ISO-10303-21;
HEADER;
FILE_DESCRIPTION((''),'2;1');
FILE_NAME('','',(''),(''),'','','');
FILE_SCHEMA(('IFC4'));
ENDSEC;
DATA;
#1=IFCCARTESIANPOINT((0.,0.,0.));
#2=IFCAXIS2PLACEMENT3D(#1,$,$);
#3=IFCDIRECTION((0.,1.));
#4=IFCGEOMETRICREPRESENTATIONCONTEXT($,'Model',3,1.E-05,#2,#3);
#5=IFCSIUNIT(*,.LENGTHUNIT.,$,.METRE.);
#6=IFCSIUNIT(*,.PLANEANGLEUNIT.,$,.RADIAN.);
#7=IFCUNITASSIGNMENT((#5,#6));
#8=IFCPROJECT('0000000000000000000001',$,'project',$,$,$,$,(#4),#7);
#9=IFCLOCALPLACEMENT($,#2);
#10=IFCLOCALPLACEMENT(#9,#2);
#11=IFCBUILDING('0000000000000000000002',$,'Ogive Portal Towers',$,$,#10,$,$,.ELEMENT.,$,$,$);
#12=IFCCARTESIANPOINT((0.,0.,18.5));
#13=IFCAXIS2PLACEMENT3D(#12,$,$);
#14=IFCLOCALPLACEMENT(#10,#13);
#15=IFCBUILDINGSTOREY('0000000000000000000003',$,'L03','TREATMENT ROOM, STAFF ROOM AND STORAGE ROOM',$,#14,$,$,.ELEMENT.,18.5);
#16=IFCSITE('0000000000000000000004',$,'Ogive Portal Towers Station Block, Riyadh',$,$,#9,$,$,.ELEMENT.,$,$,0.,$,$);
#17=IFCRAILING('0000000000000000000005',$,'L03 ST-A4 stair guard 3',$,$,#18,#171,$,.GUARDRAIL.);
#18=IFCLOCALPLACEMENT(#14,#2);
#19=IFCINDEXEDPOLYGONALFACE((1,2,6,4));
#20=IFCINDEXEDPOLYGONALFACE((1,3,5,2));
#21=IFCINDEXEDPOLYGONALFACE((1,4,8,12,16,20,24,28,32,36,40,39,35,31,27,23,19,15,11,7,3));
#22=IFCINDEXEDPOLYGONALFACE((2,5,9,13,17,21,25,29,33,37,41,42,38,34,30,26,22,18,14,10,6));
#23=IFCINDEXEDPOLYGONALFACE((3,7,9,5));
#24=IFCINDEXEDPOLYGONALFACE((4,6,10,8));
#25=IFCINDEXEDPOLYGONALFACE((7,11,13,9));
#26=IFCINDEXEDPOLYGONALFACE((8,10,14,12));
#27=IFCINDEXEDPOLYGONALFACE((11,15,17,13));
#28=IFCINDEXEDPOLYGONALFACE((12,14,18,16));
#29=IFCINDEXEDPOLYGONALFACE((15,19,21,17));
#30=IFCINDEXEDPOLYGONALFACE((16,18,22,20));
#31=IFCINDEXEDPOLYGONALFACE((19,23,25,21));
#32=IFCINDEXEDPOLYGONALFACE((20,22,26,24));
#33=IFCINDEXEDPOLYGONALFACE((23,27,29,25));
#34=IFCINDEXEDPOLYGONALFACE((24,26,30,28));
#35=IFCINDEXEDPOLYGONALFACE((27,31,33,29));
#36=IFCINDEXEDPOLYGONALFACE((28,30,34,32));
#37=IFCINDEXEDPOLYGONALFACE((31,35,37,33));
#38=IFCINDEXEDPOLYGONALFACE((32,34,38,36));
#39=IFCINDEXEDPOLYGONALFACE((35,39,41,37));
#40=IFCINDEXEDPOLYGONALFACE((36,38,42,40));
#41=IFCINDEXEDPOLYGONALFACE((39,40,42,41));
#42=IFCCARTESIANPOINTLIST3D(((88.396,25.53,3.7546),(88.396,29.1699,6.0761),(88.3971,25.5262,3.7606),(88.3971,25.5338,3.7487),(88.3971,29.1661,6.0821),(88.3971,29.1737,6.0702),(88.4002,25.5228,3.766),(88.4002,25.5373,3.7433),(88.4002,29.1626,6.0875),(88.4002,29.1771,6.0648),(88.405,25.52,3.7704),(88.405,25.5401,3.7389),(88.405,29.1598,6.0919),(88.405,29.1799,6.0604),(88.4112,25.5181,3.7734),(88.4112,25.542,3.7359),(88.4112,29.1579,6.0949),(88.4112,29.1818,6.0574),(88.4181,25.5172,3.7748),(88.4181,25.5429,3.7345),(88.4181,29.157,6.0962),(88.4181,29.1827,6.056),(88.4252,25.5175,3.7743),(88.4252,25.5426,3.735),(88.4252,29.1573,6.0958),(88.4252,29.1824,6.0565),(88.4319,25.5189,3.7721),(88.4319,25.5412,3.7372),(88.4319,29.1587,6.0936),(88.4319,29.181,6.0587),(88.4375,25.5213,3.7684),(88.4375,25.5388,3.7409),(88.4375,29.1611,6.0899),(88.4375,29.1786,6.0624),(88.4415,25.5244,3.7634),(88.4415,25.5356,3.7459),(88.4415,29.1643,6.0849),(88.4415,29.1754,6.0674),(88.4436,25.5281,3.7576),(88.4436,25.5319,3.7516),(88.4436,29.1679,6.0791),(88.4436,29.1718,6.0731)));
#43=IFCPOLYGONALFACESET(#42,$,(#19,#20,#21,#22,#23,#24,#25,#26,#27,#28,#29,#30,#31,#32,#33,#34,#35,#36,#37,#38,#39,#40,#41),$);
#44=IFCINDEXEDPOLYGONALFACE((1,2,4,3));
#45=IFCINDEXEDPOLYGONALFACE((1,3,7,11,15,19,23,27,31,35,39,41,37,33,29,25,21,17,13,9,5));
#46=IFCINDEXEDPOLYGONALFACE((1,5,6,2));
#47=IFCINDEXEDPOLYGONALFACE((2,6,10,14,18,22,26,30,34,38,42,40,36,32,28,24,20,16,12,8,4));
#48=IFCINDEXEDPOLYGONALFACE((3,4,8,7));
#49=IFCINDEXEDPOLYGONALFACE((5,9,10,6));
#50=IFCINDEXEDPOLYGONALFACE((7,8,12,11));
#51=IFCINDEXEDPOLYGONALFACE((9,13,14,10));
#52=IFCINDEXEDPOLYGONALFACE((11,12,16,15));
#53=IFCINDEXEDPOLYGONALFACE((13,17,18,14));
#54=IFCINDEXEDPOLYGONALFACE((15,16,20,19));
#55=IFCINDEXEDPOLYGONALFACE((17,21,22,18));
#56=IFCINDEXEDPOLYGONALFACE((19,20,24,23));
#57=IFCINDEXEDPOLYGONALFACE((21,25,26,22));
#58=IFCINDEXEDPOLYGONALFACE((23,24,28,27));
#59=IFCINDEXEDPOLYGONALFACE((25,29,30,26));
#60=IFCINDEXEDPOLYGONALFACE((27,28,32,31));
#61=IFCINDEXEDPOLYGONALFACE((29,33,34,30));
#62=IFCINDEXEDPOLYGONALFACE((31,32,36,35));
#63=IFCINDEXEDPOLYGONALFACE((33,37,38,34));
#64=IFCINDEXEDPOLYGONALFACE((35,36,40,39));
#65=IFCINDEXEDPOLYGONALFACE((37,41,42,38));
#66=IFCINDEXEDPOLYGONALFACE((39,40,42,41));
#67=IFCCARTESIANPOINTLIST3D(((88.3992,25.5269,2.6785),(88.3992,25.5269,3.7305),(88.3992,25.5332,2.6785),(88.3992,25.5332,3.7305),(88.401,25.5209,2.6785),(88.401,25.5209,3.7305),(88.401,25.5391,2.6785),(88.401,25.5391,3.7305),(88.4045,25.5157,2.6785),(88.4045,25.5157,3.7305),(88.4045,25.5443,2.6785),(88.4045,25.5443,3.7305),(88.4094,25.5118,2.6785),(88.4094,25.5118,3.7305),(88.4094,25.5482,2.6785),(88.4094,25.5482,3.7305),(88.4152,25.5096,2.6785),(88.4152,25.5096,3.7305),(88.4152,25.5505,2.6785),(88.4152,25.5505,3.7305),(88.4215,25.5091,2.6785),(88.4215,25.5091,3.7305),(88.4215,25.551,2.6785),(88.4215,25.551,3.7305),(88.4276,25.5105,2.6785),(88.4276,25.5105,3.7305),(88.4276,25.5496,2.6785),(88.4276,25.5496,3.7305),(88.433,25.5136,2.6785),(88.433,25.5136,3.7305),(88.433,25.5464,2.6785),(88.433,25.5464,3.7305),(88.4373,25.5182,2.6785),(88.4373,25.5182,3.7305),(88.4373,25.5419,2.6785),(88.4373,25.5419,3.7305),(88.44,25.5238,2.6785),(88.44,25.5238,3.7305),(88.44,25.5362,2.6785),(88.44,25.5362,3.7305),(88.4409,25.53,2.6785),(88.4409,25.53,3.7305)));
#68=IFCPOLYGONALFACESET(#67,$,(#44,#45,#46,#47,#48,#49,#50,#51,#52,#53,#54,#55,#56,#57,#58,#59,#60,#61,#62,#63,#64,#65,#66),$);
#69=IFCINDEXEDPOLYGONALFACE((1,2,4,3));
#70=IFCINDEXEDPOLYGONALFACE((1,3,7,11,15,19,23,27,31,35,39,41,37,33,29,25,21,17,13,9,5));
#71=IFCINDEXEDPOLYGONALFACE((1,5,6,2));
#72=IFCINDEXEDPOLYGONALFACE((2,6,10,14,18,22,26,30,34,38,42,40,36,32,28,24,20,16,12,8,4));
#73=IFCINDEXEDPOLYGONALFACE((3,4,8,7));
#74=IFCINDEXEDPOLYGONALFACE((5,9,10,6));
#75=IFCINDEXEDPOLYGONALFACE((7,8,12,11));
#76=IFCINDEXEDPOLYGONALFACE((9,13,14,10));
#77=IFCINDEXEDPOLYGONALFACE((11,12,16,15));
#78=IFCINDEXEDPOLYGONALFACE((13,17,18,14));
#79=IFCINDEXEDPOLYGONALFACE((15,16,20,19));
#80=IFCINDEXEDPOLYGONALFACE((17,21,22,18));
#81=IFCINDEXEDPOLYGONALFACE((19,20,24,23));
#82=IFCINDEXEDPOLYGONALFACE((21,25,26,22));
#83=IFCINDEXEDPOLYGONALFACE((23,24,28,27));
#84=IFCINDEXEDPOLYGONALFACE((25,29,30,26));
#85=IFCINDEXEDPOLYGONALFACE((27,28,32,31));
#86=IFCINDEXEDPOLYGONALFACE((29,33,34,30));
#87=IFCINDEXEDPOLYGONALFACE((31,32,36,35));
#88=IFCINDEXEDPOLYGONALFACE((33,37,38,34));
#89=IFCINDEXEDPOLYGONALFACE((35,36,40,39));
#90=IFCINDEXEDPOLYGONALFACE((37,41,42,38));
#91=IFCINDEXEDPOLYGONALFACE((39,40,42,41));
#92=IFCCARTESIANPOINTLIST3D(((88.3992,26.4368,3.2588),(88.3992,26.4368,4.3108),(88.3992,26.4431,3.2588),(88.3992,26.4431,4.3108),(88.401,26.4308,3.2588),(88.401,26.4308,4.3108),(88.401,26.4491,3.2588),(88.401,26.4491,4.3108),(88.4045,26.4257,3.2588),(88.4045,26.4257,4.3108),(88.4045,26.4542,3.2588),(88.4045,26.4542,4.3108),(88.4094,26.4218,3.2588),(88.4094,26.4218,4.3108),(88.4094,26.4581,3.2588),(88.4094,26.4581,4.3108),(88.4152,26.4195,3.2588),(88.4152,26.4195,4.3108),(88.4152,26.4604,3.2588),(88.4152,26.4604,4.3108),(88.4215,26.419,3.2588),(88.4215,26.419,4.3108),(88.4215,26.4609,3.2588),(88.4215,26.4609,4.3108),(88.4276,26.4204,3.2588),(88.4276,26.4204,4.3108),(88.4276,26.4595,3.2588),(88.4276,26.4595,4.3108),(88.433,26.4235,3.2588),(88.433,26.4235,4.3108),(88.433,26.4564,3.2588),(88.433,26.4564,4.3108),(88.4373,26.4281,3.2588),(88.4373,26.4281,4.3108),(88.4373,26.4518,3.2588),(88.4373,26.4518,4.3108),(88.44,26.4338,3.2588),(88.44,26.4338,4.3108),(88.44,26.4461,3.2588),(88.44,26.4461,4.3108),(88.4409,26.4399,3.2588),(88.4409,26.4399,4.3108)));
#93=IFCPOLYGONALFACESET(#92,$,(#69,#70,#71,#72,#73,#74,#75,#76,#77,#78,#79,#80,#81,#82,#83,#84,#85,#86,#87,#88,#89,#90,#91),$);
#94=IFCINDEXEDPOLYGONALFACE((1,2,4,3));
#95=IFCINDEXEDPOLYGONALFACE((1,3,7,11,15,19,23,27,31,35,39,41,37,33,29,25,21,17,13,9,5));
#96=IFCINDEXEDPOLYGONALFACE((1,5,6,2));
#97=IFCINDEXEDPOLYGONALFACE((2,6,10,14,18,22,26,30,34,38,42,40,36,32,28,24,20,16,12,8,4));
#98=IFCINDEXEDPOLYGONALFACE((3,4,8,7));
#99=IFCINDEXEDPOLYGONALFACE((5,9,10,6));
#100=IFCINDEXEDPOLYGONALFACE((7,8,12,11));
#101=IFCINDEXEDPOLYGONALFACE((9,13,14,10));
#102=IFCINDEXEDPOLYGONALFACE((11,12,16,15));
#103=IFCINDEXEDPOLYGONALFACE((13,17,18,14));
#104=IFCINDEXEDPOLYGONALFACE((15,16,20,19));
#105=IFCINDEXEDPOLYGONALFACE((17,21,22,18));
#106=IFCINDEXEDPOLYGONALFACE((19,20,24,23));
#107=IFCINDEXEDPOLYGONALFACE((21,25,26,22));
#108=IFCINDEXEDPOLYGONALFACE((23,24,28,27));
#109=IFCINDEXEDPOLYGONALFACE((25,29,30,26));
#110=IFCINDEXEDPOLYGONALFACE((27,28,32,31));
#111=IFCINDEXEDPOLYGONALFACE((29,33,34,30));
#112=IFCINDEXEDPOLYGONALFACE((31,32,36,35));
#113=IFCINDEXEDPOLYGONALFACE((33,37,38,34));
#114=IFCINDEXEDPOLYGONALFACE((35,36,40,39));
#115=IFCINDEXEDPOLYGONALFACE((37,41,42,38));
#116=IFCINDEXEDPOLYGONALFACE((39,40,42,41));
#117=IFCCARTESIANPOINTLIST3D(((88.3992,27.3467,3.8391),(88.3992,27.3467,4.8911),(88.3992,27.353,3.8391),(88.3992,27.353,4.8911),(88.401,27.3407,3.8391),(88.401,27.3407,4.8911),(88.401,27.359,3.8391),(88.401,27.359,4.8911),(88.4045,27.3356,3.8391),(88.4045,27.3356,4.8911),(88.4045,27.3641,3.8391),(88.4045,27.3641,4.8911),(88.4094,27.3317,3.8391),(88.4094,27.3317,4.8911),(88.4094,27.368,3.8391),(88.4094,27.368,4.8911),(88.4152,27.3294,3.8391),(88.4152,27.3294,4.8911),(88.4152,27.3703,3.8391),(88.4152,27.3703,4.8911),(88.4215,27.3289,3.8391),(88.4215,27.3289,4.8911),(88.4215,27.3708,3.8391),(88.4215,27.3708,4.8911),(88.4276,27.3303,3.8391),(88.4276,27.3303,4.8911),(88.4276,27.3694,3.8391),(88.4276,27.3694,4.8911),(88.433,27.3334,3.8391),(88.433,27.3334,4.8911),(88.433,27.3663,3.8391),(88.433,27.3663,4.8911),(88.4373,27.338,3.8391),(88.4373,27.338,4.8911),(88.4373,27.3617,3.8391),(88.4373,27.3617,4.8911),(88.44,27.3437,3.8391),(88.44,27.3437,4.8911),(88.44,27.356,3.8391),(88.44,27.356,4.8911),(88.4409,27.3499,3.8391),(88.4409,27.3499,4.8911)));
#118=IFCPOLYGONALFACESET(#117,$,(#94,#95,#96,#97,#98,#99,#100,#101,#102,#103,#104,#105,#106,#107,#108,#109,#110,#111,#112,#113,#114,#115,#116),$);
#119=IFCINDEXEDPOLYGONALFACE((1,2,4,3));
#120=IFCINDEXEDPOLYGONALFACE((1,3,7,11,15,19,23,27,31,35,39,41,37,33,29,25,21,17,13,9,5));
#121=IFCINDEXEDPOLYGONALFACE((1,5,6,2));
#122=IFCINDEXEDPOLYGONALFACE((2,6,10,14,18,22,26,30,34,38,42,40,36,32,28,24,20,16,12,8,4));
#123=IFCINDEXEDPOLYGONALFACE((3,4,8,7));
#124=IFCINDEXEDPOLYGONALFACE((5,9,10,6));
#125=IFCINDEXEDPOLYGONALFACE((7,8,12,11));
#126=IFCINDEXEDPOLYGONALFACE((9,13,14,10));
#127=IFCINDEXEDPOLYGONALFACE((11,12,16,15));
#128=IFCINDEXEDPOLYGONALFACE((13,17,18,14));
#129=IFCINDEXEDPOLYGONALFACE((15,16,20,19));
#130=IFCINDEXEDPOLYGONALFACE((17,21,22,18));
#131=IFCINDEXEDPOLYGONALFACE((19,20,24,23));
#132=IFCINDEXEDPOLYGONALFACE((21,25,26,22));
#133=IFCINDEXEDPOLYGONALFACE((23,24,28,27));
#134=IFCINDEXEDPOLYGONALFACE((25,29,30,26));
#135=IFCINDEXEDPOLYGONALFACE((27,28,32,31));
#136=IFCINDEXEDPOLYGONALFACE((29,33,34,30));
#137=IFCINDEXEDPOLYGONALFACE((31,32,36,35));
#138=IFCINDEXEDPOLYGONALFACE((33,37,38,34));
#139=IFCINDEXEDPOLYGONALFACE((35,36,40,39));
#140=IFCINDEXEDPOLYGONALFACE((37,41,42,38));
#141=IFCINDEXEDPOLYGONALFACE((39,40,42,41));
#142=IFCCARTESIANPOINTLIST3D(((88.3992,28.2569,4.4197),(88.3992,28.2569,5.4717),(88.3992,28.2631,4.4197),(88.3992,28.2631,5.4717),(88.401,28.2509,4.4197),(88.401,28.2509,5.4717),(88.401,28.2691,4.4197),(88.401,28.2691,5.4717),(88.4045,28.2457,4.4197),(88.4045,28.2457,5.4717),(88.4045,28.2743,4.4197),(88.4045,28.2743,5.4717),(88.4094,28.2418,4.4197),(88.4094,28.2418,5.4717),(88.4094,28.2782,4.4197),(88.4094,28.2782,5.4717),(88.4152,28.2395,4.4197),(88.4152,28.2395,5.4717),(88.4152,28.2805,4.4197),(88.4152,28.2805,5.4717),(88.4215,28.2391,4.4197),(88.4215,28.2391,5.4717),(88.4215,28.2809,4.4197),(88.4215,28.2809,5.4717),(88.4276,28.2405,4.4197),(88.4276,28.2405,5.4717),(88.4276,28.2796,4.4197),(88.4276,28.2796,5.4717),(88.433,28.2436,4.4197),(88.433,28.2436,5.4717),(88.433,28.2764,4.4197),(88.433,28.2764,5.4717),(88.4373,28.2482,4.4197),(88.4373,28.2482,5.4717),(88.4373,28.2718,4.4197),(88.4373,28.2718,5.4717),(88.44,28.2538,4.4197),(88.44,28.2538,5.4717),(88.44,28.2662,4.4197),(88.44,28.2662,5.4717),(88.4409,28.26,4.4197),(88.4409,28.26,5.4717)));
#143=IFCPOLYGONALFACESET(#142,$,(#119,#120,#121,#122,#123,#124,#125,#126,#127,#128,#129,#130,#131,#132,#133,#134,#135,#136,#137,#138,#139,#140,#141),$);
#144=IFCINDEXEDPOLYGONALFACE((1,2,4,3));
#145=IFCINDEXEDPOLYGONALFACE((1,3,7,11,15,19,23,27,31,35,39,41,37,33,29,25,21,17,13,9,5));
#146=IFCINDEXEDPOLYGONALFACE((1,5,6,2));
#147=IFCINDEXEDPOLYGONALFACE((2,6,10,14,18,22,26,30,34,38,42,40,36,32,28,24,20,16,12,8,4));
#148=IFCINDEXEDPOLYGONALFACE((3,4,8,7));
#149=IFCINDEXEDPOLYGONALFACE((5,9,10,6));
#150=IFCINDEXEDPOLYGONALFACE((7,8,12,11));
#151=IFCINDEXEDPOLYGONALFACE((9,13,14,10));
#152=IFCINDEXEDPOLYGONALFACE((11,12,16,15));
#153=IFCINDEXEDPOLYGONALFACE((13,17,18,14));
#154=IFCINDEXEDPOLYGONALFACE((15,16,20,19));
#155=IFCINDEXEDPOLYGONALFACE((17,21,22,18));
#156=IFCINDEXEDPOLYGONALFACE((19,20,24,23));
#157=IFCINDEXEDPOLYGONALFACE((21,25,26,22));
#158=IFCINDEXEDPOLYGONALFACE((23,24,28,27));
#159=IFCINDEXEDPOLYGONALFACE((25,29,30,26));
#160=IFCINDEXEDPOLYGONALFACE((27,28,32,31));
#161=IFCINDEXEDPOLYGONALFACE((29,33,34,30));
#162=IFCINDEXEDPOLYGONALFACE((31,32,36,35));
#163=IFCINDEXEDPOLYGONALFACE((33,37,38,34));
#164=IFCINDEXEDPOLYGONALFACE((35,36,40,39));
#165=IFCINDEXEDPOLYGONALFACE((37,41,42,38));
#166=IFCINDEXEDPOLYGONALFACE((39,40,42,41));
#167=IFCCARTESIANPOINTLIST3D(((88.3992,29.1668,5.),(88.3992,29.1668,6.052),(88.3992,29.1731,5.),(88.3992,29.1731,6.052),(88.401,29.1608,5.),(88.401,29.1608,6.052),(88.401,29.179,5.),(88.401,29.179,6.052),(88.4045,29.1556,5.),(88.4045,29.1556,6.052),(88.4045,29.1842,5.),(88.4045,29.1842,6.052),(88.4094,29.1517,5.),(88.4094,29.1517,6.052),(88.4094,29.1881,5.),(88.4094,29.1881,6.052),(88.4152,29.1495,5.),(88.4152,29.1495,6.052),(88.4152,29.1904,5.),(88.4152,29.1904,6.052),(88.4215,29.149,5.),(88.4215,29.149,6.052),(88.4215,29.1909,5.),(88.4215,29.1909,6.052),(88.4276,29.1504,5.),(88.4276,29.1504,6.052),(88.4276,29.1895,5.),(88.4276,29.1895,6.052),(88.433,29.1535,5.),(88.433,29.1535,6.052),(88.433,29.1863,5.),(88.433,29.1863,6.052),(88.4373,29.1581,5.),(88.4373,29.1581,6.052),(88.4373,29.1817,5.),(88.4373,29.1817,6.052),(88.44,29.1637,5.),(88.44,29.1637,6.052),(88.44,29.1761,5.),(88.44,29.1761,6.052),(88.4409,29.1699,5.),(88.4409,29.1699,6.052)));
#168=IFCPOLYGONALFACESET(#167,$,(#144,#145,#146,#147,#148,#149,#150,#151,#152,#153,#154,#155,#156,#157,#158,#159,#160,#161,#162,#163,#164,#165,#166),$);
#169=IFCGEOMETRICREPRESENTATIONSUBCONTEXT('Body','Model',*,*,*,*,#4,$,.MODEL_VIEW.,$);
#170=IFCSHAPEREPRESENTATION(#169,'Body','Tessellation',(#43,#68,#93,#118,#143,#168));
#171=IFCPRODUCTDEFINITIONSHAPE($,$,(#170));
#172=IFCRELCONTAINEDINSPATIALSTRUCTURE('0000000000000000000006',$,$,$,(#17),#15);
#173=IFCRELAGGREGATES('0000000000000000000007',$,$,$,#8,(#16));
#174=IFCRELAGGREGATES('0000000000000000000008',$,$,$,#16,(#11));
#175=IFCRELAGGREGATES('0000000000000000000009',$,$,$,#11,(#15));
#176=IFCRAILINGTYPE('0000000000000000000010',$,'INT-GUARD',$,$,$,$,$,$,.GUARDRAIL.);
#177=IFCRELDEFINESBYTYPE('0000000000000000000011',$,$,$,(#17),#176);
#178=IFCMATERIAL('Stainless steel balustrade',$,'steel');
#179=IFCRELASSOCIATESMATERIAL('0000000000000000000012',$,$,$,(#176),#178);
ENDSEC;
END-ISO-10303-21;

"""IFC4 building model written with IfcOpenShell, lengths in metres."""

from ifc_helpers import new_model, si_unit, direction, frame, origin, origin_2d, place, context, subcontext, project, spatial, circle, extrude, material, type_object, element, save


model = new_model("IFC4")

# Units and contexts
model_context = context("Model", 3, precision=1e-05, world=origin(), true_north=direction((0.0, 1.0)))
body_context = subcontext(model_context, "Body", "Model", "MODEL_VIEW")
ifc_project = project(units=[si_unit("LENGTHUNIT", "METRE"), si_unit("PLANEANGLEUNIT", "RADIAN")], contexts=[model_context])

# Site, building, storey
site_placement = place(None, origin())
site = spatial("IfcSite", under=ifc_project, at=site_placement, Name="Ogive Portal Towers Station Block, Riyadh", CompositionType="ELEMENT", RefElevation=0.0)
building_placement = place(site_placement, origin())
building = spatial("IfcBuilding", under=site, at=building_placement, Name="Ogive Portal Towers", CompositionType="ELEMENT")
storey_placement = place(building_placement, frame((0.0, 0.0, 18.5)))
storey = spatial("IfcBuildingStorey", under=building, at=storey_placement, Name="L03", Description="TREATMENT ROOM, STAFF ROOM AND STORAGE ROOM", CompositionType="ELEMENT", Elevation=18.5)

# Railing
ifc_material_1 = material(Name="Stainless steel balustrade", Category="steel")
railing_type_1 = type_object("IfcRailingType", Name="INT-GUARD", PredefinedType="GUARDRAIL", material=ifc_material_1)
railing_1_placement = place(storey_placement, frame((88.4199, 25.53, 2.6785)))
element("IfcRailing", 1, at=railing_1_placement, inside=storey, type_object=railing_type_1, Name="L03 ST-A4 stair guard 3", PredefinedType="GUARDRAIL", context=body_context, shape_type="SweptSolid", body=[
    extrude(circle(Radius=0.0239, at=origin_2d()), frame((0.0, 0.0, 1.0762), z_axis=(0.0, 0.843112, 0.537739), x_axis=(-1.0, 0.0, 0.0)), (0.0, 0.0, 1.0), 4.3171),
    extrude(circle(Radius=0.021, at=origin_2d()), origin(), (0.0, 0.0, 1.0), 1.052),
    extrude(circle(Radius=0.021, at=origin_2d()), frame((0.0, 0.9099, 0.5803)), (0.0, 0.0, 1.0), 1.052),
    extrude(circle(Radius=0.021, at=origin_2d()), frame((0.0, 1.8198, 1.1606)), (0.0, 0.0, 1.0), 1.052),
    extrude(circle(Radius=0.021, at=origin_2d()), frame((0.0, 2.73, 1.7412)), (0.0, 0.0, 1.0), 1.052),
    extrude(circle(Radius=0.021, at=origin_2d()), frame((0.0, 3.6399, 2.3215)), (0.0, 0.0, 1.0), 1.052),
])

save(model, "model.ifc")
